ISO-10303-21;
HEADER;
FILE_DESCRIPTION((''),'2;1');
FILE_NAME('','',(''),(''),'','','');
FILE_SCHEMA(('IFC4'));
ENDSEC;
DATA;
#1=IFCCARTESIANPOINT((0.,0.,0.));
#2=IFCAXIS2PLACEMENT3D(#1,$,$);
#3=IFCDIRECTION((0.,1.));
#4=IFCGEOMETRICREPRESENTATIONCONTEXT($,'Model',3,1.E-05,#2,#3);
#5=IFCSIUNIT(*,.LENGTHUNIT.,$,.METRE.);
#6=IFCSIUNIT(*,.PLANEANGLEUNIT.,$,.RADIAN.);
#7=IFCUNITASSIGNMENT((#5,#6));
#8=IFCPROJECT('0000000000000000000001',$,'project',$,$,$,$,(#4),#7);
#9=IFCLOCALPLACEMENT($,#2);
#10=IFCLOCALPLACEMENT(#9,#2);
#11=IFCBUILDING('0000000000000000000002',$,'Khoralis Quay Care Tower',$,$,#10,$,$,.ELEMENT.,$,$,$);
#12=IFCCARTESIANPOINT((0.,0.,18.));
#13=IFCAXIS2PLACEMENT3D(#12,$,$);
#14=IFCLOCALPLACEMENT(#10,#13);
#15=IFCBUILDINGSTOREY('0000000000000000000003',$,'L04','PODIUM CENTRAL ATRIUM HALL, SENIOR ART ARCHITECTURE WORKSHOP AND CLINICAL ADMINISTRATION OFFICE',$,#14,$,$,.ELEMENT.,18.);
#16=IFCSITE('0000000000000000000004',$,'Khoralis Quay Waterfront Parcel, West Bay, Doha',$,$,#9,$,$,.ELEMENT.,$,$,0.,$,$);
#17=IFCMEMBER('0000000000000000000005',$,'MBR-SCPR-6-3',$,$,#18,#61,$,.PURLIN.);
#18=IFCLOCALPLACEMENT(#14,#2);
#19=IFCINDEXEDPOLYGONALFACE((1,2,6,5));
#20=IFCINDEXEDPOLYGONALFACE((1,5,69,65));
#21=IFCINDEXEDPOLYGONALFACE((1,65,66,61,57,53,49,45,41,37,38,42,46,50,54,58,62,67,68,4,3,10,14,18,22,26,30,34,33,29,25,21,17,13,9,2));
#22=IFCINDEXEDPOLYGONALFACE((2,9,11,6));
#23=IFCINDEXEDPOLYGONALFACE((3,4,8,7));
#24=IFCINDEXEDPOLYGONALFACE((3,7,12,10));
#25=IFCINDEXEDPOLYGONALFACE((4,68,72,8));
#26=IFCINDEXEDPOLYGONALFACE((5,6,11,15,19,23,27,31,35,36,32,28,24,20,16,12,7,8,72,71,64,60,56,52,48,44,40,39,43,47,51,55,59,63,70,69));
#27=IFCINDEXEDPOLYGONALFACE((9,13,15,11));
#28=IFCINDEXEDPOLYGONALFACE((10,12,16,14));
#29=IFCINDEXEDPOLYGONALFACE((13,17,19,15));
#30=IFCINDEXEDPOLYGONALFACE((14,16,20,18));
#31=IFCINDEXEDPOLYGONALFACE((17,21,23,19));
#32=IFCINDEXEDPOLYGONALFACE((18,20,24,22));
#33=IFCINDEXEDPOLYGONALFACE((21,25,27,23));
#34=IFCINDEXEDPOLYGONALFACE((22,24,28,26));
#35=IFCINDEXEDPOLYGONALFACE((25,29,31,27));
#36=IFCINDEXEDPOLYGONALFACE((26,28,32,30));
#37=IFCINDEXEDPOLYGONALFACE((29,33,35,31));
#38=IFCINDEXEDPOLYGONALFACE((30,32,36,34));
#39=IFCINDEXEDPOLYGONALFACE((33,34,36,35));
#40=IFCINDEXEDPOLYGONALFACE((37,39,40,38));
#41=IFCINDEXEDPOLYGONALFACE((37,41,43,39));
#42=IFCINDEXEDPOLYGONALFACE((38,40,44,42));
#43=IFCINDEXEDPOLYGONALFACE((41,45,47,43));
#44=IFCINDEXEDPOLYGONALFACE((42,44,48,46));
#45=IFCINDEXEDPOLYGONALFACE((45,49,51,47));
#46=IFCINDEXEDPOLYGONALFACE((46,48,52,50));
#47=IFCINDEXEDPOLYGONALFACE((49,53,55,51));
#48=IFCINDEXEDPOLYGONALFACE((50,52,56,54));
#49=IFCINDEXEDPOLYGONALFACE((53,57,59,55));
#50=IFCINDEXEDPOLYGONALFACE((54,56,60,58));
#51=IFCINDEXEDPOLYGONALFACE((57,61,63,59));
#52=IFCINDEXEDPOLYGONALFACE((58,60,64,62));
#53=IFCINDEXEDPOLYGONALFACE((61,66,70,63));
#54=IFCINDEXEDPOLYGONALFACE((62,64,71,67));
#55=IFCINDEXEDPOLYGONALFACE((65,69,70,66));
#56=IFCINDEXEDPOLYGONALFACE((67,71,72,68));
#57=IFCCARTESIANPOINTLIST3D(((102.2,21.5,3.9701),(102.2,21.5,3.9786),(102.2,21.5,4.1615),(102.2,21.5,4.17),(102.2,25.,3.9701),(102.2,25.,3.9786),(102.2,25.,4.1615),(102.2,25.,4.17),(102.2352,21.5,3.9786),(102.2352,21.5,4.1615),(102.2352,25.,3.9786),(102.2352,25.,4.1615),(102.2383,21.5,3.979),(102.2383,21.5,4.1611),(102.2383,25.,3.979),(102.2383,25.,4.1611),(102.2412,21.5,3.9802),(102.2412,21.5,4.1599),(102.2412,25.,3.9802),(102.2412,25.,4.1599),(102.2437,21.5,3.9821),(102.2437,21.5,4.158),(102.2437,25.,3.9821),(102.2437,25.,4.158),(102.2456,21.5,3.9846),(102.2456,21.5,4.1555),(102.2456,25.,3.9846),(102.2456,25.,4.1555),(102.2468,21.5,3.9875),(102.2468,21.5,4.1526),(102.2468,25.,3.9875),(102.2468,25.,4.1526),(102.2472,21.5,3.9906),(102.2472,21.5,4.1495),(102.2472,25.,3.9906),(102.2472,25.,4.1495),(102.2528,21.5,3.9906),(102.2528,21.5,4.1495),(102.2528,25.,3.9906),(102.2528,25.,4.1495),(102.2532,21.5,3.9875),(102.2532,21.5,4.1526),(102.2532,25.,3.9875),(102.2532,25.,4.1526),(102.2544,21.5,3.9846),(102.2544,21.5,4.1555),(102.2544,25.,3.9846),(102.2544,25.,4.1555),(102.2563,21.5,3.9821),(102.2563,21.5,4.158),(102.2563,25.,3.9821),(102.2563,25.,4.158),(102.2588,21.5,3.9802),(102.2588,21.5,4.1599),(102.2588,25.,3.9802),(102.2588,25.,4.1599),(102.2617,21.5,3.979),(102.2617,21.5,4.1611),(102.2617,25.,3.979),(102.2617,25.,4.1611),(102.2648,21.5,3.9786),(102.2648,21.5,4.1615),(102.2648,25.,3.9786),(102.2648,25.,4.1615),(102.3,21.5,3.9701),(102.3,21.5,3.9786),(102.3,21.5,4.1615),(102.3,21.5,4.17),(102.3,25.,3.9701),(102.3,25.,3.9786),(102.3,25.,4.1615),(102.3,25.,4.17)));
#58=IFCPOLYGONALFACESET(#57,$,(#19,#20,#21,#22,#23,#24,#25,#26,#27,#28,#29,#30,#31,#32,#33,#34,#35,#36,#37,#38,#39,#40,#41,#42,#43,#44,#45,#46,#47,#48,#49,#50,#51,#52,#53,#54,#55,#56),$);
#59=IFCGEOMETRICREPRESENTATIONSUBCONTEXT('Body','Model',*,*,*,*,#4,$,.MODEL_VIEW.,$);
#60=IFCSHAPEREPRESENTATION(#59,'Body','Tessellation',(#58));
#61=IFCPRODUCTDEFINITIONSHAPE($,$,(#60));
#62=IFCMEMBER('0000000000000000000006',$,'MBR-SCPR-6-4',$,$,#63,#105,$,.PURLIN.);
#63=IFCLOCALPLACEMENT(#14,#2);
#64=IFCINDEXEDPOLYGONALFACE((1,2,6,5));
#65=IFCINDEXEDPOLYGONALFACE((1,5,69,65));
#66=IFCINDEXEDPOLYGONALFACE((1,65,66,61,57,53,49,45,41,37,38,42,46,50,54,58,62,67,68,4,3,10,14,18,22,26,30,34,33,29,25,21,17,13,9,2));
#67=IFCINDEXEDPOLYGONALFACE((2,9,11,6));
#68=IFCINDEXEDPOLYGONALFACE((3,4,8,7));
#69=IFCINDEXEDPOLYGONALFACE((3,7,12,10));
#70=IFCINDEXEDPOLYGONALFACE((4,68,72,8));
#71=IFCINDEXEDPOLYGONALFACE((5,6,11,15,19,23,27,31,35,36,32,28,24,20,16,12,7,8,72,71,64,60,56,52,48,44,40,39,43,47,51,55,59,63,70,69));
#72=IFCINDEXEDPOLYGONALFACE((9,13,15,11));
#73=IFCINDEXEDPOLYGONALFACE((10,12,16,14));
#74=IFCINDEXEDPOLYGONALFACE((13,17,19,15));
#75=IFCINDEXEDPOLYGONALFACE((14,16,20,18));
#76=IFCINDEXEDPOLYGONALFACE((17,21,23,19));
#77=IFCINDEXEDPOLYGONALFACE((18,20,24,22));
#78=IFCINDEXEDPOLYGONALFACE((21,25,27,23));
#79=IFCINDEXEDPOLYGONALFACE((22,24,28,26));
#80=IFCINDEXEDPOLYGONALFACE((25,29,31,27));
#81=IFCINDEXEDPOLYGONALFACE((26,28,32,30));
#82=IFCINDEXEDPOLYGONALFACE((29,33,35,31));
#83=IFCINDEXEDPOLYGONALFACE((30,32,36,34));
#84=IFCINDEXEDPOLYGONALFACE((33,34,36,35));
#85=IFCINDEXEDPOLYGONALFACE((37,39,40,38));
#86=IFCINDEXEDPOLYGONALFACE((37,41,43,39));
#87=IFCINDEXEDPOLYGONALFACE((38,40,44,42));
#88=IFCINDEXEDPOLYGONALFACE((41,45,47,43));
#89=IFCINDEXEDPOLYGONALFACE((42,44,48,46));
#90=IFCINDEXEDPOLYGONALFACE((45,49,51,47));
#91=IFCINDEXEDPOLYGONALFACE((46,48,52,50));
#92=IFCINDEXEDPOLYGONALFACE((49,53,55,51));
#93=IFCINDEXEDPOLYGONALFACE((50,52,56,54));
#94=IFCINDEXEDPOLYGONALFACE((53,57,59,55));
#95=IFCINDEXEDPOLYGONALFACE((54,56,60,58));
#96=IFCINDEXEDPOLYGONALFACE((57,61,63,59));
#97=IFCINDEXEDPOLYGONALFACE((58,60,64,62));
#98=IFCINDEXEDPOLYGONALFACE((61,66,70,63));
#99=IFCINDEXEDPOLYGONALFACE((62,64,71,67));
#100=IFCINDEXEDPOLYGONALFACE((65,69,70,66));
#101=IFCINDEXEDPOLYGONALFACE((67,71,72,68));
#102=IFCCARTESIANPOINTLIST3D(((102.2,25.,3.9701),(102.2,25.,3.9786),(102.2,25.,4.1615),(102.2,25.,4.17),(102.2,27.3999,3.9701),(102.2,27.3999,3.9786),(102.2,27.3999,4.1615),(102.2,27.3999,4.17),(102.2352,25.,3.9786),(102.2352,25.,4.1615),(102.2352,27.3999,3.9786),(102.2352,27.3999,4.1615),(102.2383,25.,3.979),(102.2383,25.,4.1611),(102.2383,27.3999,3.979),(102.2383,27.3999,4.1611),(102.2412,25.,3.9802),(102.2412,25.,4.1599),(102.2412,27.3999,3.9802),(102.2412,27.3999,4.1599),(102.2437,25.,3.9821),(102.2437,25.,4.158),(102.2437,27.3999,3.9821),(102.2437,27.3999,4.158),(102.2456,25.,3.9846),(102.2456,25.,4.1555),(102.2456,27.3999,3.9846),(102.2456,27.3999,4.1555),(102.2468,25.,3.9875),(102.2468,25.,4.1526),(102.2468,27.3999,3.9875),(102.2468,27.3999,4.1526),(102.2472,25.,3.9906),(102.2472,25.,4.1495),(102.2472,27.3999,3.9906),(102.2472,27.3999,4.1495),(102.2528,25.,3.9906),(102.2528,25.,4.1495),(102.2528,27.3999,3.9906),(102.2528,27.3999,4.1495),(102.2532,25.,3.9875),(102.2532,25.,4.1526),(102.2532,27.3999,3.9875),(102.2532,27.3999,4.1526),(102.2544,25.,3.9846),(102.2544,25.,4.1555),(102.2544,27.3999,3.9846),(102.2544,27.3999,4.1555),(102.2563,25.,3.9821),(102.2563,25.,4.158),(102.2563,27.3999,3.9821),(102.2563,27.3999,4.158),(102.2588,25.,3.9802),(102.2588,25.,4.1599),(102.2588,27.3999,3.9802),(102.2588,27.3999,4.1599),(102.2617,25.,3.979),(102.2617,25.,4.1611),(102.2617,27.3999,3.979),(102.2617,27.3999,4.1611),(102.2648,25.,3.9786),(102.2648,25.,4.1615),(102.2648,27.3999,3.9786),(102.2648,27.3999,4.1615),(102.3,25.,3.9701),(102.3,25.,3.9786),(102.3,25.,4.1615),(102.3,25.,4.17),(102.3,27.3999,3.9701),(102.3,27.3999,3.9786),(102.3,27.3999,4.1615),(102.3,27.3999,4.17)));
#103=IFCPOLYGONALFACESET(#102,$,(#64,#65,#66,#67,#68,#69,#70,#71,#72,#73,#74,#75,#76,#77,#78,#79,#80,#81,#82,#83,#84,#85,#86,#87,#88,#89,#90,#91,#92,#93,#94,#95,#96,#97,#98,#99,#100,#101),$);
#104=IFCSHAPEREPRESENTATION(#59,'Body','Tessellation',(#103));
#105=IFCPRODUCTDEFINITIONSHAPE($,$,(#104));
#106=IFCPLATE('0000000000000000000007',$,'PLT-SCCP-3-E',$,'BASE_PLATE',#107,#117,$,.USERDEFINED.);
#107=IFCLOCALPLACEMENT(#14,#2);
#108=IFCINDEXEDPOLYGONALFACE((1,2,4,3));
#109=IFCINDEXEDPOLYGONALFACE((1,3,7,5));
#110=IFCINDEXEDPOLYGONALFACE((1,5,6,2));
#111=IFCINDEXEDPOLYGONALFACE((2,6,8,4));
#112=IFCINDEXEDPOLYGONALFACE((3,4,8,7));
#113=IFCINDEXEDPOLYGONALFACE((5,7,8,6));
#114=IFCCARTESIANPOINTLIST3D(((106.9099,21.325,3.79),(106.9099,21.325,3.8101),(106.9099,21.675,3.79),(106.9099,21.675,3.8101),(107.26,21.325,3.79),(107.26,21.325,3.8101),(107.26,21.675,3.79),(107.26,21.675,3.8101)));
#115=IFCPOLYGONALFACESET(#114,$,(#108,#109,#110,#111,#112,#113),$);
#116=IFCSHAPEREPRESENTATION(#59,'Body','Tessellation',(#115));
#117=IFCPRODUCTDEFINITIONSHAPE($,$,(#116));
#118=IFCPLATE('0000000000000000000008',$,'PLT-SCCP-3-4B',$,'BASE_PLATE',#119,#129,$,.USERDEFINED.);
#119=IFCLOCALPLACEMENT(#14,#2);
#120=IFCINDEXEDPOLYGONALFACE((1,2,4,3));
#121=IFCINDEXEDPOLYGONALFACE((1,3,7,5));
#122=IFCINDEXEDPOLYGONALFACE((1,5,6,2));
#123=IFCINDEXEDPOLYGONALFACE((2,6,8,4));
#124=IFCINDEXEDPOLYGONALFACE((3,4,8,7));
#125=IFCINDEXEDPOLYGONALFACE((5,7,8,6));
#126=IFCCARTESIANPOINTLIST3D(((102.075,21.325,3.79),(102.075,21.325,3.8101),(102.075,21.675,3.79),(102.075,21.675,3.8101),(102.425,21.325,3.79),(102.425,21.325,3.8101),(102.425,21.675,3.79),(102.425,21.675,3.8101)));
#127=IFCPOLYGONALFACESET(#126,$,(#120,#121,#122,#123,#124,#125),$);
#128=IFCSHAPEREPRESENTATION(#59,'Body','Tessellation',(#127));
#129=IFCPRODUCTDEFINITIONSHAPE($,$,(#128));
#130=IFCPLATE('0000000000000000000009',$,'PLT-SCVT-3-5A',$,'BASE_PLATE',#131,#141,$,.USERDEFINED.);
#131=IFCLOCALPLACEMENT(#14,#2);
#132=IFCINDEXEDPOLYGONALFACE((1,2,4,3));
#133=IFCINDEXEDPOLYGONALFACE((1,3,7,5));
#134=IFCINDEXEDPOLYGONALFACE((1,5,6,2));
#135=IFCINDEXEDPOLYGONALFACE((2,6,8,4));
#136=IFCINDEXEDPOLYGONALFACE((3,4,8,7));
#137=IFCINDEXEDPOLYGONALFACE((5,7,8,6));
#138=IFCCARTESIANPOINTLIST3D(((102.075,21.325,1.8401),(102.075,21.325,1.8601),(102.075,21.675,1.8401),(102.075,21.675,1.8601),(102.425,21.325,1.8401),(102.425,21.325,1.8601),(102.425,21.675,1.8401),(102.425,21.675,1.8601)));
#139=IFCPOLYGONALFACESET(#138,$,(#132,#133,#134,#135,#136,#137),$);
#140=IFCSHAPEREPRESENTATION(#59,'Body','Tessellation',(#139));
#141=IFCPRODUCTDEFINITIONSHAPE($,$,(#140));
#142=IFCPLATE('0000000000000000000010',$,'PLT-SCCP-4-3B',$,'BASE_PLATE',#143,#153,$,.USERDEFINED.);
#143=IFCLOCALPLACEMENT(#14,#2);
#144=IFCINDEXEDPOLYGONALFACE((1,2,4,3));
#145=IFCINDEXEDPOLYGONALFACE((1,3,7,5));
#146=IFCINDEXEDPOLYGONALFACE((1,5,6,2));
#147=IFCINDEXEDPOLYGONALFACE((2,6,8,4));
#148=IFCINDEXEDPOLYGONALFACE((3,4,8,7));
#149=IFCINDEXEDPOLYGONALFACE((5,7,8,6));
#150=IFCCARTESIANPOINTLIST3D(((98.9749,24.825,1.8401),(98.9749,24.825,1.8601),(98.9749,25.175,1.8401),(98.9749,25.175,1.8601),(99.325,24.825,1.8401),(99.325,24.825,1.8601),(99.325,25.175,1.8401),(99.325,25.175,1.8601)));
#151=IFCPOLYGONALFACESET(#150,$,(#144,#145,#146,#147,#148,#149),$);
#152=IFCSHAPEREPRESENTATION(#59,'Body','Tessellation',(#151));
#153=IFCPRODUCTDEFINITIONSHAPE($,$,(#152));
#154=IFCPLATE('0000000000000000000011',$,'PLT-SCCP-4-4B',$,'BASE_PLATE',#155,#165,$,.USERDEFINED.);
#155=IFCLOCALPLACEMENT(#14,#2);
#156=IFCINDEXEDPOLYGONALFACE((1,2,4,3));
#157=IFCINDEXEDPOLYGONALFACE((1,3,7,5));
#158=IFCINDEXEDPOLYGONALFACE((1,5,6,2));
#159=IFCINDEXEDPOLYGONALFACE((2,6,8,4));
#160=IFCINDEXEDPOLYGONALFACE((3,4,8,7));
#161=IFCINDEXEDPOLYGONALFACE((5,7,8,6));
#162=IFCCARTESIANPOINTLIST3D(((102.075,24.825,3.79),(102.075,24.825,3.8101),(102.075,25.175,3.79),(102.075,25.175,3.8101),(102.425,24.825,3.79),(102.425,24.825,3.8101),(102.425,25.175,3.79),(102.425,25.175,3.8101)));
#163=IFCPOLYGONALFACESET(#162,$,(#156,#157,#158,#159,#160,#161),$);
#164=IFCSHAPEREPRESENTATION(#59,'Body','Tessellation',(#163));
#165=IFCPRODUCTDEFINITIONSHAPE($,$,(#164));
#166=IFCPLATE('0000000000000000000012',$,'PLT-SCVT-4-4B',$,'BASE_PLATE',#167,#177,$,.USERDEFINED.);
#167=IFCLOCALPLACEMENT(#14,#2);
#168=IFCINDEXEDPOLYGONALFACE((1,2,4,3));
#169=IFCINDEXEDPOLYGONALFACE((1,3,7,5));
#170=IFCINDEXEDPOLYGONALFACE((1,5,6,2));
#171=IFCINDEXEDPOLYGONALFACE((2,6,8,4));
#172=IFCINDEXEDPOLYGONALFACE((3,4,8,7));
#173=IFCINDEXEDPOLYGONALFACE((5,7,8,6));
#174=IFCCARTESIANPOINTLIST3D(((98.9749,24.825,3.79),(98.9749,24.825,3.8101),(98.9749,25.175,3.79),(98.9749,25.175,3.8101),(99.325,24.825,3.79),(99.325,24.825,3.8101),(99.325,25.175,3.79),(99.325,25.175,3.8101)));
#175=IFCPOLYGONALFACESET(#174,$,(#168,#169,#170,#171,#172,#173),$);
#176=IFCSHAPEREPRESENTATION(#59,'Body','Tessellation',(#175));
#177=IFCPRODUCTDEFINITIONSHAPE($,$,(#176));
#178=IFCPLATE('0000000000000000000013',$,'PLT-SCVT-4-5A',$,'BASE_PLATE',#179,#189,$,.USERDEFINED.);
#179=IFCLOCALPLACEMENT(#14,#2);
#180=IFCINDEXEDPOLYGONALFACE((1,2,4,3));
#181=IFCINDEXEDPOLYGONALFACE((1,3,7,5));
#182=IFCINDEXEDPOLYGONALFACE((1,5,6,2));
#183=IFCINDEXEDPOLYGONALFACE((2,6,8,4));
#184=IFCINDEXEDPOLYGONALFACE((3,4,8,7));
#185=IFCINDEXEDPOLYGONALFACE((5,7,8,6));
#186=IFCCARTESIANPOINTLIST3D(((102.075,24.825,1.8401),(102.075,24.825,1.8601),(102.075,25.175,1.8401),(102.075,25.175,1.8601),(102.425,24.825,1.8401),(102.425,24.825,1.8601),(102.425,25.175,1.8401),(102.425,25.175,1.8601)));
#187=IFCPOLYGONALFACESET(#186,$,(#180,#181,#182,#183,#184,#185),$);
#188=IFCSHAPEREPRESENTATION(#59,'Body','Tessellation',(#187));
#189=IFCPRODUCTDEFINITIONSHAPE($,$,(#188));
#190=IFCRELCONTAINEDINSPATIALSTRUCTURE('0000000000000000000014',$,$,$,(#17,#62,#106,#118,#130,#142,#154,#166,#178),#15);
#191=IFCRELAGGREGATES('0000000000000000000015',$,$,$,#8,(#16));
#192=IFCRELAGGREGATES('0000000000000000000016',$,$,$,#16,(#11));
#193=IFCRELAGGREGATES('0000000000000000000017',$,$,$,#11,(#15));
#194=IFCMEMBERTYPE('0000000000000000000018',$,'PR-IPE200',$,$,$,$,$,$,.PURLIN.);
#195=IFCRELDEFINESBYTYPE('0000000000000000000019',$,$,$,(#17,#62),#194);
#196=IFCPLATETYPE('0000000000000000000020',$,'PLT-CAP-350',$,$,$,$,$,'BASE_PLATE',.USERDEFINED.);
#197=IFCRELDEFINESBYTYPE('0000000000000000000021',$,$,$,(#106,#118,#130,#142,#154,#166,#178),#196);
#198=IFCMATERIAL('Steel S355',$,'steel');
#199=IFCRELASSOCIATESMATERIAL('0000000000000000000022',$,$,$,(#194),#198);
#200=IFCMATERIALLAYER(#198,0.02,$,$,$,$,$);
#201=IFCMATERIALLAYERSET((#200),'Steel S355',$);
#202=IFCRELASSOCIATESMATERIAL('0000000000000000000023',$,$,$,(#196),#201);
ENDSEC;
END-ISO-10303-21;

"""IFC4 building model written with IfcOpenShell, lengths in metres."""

from ifc_helpers import new_model, si_unit, direction, frame, origin, origin_2d, place, context, subcontext, project, spatial, rectangle, i_section, extrude, source, transform, mapped, material, layer, layer_set, material_profile, profile_set, type_object, element, save


model = new_model("IFC4")

# Units and contexts
model_context = context("Model", 3, precision=1e-05, world=origin(), true_north=direction((0.0, 1.0)))
body_context = subcontext(model_context, "Body", "Model", "MODEL_VIEW")
ifc_project = project(units=[si_unit("LENGTHUNIT", "METRE"), si_unit("PLANEANGLEUNIT", "RADIAN")], contexts=[model_context])

# Site, building, storey
site_placement = place(None, origin())
site = spatial("IfcSite", under=ifc_project, at=site_placement, Name="Khoralis Quay Waterfront Parcel, West Bay, Doha", CompositionType="ELEMENT", RefElevation=0.0)
building_placement = place(site_placement, origin())
building = spatial("IfcBuilding", under=site, at=building_placement, Name="Khoralis Quay Care Tower", CompositionType="ELEMENT")
storey_placement = place(building_placement, frame((0.0, 0.0, 18.0)))
storey = spatial("IfcBuildingStorey", under=building, at=storey_placement, Name="L04", Description="PODIUM CENTRAL ATRIUM HALL, SENIOR ART ARCHITECTURE WORKSHOP AND CLINICAL ADMINISTRATION OFFICE", CompositionType="ELEMENT", Elevation=18.0)

# Members
ifc_material_1 = material(Name="Steel S355", Category="steel")
ifc_material_profile_1 = material_profile(ifc_material_1, i_section(OverallWidth=0.1001, OverallDepth=0.2, WebThickness=0.0056, FlangeThickness=0.0085, FilletRadius=0.012, at=origin_2d()), Name="Steel S355")
ifc_profile_set_1 = profile_set([ifc_material_profile_1], Name="Steel S355")
member_type_1 = type_object("IfcMemberType", Name="PR-IPE200", PredefinedType="PURLIN", material=ifc_profile_set_1)
shared_shape_1 = source(origin(), body_context, "Body", "SweptSolid", [
    extrude(i_section(OverallWidth=0.1001, OverallDepth=0.2, WebThickness=0.0056, FlangeThickness=0.0085, FilletRadius=0.012, at=origin_2d()), origin(), (0.0, 0.0, 1.0), 3.5),
])
member_1_placement = place(storey_placement, frame((102.25, 21.5, 4.0701), z_axis=(0.0, 1.0, 0.0), x_axis=(-1.0, 0.0, 0.0)))
element("IfcMember", 1, at=member_1_placement, inside=storey, type_object=member_type_1, Name="MBR-SCPR-6-3", PredefinedType="PURLIN", context=body_context, shape_type="MappedRepresentation", body=[
    mapped(shared_shape_1, transform((0.0, 0.0, 0.0), scale=1.0)),
])
shared_shape_2 = source(origin(), body_context, "Body", "SweptSolid", [
    extrude(i_section(OverallWidth=0.1001, OverallDepth=0.2, WebThickness=0.0056, FlangeThickness=0.0085, FilletRadius=0.012, at=origin_2d()), origin(), (0.0, 0.0, 1.0), 2.3999),
])
member_2_placement = place(storey_placement, frame((102.25, 25.0, 4.0701), z_axis=(0.0, 1.0, 0.0), x_axis=(-1.0, 0.0, 0.0)))
element("IfcMember", 2, at=member_2_placement, inside=storey, type_object=member_type_1, Name="MBR-SCPR-6-4", PredefinedType="PURLIN", context=body_context, shape_type="MappedRepresentation", body=[
    mapped(shared_shape_2, transform((0.0, 0.0, 0.0), scale=1.0)),
])

# Plates
ifc_layer = layer(ifc_material_1, 0.02)
ifc_layer_set = layer_set([ifc_layer], Name="Steel S355")
plate_type = type_object("IfcPlateType", Name="PLT-CAP-350", ElementType="BASE_PLATE", PredefinedType="USERDEFINED", material=ifc_layer_set)
shared_shape_3 = source(origin(), body_context, "Body", "SweptSolid", [
    extrude(rectangle(XDim=0.3501, YDim=0.3501, at=origin_2d()), origin(), (0.0, 0.0, 1.0), 0.02),
])
for number, where, z_axis, x_axis, name in (
    (3, (107.085, 21.5, 3.79), (0.0, 0.0, 1.0), (1.0, 0.0, 0.0), "PLT-SCCP-3-E"),
    (4, (102.25, 21.5, 3.79), (0.0, 0.0, 1.0), (1.0, 0.0, 0.0), "PLT-SCCP-3-4B"),
    (5, (102.25, 21.5, 1.8401), (0.0, 0.0, 1.0), (1.0, 0.0, 0.0), "PLT-SCVT-3-5A"),
    (6, (99.1499, 25.0, 1.8401), (0.0, 0.0, 1.0), (1.0, 0.0, 0.0), "PLT-SCCP-4-3B"),
    (7, (102.25, 25.0, 3.79), (0.0, 0.0, 1.0), (1.0, 0.0, 0.0), "PLT-SCCP-4-4B"),
    (8, (99.1499, 25.0, 3.79), (0.0, 0.0, 1.0), (1.0, 0.0, 0.0), "PLT-SCVT-4-4B"),
    (9, (102.25, 25.0, 1.8401), (0.0, 0.0, 1.0), (1.0, 0.0, 0.0), "PLT-SCVT-4-5A"),
):
    element("IfcPlate", number, at=place(storey_placement, frame(where, z_axis=z_axis, x_axis=x_axis)), inside=storey, type_object=plate_type, Name=name, ObjectType="BASE_PLATE", PredefinedType="USERDEFINED", context=body_context, shape_type="MappedRepresentation", body=[
        mapped(shared_shape_3, transform((0.0, 0.0, 0.0), scale=1.0)),
    ])

save(model, "model.ifc")
